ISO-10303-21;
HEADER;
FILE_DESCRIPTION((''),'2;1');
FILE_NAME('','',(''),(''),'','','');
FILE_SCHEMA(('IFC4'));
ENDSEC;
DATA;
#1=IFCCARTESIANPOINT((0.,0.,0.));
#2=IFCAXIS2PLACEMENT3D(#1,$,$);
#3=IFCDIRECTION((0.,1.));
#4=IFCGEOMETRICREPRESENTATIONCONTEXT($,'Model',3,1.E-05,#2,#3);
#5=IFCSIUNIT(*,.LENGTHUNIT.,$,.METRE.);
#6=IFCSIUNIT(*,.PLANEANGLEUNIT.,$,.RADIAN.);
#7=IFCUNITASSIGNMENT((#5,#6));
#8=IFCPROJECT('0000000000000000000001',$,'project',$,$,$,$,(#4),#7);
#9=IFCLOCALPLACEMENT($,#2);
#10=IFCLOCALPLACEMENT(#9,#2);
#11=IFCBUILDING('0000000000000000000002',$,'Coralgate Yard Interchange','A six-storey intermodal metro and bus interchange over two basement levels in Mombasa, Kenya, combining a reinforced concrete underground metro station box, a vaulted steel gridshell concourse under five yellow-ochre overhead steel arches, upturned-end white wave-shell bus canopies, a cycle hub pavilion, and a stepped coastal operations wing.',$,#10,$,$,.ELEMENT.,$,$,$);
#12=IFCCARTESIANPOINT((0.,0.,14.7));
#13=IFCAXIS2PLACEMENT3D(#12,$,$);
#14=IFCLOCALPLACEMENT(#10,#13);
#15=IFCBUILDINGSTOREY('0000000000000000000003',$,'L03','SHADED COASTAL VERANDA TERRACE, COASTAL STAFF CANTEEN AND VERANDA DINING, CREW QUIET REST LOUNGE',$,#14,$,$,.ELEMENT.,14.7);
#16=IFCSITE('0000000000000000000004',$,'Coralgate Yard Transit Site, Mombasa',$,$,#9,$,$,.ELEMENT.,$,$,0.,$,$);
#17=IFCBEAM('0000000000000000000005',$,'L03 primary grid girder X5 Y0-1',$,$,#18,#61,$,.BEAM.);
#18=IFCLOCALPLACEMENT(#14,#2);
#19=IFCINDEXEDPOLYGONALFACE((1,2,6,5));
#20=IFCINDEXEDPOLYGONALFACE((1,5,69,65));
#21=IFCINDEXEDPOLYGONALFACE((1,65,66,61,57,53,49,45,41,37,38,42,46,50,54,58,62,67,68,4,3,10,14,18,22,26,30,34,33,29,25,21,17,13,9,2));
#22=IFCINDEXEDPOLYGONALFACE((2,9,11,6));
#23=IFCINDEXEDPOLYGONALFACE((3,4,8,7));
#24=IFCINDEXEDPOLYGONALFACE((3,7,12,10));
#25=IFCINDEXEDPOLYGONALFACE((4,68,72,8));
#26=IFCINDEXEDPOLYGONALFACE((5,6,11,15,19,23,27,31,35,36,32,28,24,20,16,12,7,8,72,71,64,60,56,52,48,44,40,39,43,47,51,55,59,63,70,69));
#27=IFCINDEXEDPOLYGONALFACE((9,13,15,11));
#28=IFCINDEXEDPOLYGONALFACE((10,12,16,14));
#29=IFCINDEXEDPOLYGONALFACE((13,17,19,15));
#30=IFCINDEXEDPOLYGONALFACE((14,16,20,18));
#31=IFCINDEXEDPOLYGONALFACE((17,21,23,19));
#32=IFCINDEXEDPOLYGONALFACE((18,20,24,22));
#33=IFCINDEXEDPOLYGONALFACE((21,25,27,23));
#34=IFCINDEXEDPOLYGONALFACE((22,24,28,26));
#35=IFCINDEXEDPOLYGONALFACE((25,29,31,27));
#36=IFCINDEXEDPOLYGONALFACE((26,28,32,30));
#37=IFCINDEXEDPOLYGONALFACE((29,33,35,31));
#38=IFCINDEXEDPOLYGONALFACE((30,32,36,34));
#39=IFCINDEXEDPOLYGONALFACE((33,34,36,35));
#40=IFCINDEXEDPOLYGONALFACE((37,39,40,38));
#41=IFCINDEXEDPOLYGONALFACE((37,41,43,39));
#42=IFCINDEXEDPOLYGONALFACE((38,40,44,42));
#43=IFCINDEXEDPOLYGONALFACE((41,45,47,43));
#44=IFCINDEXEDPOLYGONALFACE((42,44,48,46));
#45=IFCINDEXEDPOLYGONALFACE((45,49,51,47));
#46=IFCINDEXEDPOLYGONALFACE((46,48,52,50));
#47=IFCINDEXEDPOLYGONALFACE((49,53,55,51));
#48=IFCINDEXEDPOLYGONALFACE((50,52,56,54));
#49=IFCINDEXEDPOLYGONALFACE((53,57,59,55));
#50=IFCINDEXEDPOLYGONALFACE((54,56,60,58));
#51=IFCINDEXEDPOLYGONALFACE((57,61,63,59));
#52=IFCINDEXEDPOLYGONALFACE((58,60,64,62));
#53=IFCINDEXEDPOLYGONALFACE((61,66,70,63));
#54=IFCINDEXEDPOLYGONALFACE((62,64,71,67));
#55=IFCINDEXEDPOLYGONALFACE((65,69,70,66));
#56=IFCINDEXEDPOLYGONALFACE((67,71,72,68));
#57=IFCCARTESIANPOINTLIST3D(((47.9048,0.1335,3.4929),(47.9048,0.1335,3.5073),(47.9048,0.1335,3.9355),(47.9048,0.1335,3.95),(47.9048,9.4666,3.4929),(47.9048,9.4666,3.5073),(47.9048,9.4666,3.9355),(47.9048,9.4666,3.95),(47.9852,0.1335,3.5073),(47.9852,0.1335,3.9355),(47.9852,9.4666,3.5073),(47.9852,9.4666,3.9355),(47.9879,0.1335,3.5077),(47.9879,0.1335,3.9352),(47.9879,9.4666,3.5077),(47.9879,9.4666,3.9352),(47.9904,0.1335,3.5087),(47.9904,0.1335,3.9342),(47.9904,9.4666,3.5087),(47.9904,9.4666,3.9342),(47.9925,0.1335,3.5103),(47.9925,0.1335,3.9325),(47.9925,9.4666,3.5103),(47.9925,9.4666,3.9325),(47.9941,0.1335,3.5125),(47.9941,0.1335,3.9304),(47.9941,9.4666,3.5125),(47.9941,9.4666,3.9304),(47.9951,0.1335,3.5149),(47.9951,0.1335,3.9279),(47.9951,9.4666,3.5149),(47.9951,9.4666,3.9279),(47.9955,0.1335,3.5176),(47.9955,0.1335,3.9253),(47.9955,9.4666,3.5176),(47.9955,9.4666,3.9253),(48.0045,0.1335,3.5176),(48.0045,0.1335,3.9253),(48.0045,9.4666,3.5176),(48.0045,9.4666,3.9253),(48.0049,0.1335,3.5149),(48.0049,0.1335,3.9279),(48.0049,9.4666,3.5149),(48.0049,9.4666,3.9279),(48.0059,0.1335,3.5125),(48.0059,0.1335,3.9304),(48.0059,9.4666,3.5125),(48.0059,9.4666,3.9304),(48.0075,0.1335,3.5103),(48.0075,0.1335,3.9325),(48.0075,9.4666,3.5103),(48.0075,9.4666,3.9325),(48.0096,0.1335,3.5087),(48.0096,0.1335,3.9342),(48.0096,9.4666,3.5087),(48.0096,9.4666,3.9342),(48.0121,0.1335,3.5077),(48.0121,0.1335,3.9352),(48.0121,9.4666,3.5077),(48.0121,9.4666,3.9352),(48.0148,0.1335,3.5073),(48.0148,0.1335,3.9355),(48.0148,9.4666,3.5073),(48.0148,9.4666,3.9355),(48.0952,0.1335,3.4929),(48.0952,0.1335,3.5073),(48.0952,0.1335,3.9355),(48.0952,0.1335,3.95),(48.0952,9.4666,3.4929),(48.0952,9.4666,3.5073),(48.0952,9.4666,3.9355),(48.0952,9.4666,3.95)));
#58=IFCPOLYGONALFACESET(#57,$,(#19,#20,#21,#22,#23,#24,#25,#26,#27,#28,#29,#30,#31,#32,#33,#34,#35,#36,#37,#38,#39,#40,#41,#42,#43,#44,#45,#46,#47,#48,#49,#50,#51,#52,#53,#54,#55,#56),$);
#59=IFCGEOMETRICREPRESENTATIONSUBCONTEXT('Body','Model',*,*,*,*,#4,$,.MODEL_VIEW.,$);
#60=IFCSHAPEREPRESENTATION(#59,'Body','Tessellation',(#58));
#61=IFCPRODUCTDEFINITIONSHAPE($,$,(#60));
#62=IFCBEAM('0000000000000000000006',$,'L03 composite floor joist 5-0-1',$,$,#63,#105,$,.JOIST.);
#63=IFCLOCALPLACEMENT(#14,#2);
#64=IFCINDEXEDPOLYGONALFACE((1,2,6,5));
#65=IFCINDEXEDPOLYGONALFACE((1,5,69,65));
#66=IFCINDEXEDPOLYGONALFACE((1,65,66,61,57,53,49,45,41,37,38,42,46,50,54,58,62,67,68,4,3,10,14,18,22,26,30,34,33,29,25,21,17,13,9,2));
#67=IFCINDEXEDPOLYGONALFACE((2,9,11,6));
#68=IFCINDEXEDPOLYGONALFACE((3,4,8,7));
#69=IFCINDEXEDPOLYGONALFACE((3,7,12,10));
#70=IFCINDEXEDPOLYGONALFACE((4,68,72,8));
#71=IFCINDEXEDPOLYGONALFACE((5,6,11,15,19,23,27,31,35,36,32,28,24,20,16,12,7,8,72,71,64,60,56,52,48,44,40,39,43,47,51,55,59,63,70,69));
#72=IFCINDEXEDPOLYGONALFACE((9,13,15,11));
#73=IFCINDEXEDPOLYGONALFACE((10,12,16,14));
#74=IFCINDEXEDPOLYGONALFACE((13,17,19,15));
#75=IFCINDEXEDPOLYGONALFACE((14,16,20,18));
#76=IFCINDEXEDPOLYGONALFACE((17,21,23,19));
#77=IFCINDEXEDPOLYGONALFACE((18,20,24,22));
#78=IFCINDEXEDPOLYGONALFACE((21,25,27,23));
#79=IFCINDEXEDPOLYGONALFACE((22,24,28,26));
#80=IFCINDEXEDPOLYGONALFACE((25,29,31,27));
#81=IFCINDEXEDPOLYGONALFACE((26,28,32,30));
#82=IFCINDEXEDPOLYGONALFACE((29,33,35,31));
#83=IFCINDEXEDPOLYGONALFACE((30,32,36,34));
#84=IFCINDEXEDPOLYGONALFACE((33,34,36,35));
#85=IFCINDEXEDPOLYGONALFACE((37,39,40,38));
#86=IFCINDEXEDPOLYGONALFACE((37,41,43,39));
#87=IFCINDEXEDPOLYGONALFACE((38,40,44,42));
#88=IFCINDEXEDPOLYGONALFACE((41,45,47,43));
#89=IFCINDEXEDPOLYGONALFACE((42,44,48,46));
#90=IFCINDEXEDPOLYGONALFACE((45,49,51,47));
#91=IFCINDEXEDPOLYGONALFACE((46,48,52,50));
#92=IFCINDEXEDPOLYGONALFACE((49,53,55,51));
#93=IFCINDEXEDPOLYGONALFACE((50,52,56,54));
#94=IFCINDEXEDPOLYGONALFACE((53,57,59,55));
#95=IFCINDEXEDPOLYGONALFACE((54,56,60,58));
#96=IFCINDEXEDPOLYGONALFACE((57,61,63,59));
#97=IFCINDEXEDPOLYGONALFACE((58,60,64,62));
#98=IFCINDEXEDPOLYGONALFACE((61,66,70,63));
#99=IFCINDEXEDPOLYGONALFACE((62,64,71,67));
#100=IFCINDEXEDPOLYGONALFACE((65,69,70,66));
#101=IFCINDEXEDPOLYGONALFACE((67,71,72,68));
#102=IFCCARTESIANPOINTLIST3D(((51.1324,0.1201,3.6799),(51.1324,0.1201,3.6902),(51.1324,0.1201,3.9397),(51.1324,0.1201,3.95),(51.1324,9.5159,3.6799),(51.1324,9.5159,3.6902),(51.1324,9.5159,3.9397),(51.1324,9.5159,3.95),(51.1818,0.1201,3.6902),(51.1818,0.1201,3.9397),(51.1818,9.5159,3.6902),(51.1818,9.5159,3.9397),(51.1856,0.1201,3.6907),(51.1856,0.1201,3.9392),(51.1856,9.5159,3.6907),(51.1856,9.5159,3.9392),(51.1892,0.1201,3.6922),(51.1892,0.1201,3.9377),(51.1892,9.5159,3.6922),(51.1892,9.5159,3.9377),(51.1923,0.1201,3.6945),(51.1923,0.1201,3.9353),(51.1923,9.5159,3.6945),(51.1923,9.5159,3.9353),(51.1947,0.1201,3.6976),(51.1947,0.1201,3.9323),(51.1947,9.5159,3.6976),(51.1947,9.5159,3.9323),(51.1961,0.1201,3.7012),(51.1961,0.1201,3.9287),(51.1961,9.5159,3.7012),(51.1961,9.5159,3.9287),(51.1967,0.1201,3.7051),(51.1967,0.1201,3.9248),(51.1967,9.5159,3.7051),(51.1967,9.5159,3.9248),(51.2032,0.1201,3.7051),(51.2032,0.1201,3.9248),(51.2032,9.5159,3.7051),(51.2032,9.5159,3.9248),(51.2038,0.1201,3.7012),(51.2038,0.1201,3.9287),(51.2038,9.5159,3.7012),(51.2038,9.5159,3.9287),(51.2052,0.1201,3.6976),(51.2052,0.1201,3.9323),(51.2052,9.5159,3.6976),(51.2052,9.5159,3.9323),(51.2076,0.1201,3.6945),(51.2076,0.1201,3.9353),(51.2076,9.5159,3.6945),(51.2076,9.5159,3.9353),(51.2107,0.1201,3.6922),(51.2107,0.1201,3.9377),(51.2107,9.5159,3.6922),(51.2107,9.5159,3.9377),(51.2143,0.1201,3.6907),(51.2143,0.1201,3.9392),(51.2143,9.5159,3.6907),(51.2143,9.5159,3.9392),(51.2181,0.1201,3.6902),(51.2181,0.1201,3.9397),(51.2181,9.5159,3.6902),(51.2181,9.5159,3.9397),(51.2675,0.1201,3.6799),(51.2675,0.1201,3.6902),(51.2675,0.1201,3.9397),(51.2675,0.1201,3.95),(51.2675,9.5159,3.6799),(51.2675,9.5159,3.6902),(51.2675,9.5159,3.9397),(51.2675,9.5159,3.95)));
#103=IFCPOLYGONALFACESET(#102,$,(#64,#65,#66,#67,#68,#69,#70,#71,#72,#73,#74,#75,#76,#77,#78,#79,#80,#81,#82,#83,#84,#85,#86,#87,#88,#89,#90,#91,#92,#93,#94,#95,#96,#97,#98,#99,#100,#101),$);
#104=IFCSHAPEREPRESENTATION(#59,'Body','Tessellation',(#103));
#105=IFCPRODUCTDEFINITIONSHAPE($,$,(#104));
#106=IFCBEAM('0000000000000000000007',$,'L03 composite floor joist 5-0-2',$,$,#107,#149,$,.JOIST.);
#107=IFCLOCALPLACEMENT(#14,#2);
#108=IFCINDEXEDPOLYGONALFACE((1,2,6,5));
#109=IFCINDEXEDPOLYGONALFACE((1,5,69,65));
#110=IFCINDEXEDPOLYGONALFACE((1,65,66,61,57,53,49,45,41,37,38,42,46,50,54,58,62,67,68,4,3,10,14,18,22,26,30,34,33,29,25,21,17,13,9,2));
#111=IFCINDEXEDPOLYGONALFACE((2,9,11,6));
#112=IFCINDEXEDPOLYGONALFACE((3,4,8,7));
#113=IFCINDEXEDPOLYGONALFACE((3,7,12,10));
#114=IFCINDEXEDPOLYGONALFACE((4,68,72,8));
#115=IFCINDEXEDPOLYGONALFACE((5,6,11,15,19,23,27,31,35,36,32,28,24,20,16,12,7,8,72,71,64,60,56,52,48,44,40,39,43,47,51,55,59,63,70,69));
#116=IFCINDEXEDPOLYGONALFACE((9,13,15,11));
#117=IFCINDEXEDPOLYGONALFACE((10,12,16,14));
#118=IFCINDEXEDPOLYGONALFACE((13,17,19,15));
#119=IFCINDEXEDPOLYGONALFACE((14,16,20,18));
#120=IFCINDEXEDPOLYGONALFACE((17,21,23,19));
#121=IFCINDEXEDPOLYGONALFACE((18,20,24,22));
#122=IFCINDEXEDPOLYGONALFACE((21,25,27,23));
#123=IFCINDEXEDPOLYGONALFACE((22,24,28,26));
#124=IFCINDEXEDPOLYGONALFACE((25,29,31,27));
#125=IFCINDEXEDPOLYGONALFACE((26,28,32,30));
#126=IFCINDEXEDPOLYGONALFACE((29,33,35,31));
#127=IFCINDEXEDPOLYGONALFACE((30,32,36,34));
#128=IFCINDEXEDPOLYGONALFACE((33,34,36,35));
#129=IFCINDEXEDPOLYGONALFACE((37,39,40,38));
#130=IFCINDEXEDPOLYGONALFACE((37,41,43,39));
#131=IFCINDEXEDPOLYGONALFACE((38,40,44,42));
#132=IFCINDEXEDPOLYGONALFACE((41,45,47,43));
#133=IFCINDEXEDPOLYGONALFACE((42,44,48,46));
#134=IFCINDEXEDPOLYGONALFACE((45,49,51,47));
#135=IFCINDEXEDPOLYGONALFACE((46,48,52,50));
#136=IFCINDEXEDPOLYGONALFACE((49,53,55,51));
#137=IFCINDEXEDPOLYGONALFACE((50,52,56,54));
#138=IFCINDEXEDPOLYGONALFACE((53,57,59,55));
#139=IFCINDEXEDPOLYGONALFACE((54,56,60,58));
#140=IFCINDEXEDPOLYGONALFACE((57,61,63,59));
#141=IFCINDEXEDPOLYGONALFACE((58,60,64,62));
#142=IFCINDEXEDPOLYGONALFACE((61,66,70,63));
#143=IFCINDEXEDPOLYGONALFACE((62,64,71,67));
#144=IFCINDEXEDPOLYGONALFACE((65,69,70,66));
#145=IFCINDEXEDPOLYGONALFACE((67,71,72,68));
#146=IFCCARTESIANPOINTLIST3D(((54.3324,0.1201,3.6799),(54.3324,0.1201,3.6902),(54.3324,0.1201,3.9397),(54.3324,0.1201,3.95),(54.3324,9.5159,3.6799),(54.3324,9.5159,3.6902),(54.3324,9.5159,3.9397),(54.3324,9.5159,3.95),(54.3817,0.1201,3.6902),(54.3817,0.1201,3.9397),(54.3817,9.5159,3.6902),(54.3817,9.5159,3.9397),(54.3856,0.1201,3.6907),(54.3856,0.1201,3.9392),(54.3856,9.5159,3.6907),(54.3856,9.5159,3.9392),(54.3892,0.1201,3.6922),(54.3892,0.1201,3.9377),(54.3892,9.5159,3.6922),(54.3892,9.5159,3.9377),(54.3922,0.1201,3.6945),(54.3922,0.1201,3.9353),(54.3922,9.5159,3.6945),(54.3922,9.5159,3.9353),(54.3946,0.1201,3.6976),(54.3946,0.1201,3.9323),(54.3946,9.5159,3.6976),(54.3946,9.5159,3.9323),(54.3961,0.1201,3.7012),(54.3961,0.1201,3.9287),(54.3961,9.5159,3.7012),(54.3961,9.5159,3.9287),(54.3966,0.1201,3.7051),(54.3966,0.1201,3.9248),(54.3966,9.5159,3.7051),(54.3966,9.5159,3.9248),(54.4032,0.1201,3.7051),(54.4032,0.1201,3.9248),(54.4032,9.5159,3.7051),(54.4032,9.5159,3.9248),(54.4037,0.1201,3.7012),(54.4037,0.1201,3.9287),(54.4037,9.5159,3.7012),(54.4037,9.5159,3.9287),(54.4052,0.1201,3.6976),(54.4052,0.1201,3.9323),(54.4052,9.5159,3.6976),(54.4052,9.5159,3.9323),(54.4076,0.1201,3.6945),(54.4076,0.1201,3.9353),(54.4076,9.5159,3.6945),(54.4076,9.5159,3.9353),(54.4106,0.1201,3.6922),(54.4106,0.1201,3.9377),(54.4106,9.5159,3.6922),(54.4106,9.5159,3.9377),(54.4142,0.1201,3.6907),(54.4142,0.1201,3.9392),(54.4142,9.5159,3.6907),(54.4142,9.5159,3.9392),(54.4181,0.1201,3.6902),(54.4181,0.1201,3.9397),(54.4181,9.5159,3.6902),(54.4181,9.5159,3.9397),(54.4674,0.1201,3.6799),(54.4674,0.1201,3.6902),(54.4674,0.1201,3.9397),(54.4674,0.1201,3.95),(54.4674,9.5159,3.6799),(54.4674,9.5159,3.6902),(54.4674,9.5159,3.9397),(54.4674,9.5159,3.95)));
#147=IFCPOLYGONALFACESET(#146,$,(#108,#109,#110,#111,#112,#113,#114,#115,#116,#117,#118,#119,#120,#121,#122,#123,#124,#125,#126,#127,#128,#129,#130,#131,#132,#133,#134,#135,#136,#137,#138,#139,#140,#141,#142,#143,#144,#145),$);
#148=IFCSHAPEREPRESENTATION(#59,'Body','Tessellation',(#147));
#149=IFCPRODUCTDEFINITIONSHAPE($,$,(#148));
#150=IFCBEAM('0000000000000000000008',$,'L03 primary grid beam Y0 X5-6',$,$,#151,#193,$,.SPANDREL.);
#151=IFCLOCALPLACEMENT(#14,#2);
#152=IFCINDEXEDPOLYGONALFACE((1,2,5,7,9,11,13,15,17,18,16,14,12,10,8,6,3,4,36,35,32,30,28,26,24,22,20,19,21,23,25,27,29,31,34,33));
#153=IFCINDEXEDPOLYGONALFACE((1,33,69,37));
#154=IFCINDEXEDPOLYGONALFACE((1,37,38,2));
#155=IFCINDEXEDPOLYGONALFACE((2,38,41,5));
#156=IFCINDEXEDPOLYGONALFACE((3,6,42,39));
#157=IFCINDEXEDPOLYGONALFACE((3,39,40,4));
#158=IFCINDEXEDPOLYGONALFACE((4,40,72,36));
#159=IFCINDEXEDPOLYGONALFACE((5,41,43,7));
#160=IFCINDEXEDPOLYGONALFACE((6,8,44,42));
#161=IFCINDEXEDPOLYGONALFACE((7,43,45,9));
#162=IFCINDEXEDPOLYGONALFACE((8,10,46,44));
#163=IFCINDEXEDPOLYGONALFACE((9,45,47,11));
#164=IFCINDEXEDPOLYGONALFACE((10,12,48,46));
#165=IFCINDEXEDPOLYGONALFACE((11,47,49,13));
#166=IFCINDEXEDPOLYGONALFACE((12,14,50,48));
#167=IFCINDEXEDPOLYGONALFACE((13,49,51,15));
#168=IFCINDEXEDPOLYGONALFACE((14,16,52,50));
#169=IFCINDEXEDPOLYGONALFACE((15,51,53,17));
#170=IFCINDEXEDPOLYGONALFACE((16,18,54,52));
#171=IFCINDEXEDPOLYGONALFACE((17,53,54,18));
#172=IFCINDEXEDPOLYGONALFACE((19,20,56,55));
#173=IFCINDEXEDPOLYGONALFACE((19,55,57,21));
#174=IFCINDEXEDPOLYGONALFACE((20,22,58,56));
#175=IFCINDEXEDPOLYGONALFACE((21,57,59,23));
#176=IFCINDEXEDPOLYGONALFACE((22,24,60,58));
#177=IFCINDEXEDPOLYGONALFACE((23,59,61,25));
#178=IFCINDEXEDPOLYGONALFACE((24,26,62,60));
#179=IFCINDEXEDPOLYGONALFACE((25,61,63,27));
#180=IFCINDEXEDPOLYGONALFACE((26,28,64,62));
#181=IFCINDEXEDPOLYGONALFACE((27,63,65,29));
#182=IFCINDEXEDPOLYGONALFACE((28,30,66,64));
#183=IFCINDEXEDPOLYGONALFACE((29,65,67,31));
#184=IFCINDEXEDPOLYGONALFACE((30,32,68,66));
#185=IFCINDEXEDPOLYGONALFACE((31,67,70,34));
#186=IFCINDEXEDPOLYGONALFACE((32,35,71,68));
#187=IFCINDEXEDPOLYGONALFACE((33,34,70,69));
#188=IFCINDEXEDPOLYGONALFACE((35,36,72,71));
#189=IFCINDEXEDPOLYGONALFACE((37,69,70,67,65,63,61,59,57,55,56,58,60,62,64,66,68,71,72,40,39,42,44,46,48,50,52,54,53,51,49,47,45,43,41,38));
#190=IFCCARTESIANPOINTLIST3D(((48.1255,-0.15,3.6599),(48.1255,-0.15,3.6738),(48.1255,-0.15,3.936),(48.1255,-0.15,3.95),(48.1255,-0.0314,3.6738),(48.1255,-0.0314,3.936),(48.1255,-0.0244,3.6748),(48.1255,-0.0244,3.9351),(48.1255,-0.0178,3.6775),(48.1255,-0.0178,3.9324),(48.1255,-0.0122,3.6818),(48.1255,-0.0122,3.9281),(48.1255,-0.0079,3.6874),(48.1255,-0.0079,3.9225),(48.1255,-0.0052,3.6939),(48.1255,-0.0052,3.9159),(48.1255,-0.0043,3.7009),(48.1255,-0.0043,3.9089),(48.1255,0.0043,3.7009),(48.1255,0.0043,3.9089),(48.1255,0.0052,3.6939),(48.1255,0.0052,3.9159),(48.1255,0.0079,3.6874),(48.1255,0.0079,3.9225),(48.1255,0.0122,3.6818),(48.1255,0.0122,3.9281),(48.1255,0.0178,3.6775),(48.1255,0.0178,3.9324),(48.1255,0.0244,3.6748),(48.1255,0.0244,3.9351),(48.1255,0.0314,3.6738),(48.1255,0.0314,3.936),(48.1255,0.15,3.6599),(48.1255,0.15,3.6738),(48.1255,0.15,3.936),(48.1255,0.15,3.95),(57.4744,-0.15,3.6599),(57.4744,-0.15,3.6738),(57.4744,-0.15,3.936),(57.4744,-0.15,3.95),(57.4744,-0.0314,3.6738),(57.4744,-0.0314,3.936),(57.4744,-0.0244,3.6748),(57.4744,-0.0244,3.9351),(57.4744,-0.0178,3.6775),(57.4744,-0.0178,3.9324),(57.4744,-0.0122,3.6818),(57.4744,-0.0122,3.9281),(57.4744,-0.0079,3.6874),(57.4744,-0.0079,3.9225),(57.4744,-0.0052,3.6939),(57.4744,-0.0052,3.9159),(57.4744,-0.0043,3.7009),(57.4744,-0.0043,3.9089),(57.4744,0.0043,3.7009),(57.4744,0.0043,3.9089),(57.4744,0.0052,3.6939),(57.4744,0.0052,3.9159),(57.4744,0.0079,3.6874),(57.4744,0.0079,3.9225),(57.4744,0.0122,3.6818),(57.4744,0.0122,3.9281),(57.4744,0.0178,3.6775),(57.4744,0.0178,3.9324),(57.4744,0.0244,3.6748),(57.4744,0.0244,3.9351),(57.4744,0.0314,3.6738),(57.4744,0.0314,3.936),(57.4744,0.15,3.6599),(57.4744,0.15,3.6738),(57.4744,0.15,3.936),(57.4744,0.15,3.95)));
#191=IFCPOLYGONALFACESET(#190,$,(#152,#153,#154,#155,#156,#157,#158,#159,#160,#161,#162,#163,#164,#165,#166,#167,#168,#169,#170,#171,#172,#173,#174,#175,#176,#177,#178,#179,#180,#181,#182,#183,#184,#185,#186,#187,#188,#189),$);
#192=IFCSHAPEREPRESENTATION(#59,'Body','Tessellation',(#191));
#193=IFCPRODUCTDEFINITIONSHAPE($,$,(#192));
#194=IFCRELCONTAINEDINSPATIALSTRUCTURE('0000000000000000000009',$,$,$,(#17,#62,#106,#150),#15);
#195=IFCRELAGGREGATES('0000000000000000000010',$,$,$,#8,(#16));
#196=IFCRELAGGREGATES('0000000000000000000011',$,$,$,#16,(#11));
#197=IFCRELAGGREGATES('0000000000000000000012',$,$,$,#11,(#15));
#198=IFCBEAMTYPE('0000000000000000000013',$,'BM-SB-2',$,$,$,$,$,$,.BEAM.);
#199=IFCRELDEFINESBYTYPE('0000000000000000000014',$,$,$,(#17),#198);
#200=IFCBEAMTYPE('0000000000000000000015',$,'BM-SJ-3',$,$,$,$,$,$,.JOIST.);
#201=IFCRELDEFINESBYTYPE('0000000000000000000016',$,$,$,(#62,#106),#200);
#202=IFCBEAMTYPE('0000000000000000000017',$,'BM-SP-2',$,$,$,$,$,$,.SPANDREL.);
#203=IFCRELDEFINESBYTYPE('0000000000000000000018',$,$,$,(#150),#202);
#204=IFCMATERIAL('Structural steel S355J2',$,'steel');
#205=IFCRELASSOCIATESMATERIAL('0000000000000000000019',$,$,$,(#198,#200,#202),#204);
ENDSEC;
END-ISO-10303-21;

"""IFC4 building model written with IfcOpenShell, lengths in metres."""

from ifc_helpers import new_model, si_unit, direction, frame, origin, origin_2d, place, context, subcontext, project, spatial, i_section, extrude, material, material_profile, profile_set, type_object, element, save


model = new_model("IFC4")

# Units and contexts
model_context = context("Model", 3, precision=1e-05, world=origin(), true_north=direction((0.0, 1.0)))
body_context = subcontext(model_context, "Body", "Model", "MODEL_VIEW")
ifc_project = project(units=[si_unit("LENGTHUNIT", "METRE"), si_unit("PLANEANGLEUNIT", "RADIAN")], contexts=[model_context])

# Site, building, storey
site_placement = place(None, origin())
site = spatial("IfcSite", under=ifc_project, at=site_placement, Name="Coralgate Yard Transit Site, Mombasa", CompositionType="ELEMENT", RefElevation=0.0)
building_placement = place(site_placement, origin())
building = spatial("IfcBuilding", under=site, at=building_placement, Name="Coralgate Yard Interchange", Description="A six-storey intermodal metro and bus interchange over two basement levels in Mombasa, Kenya, combining a reinforced concrete underground metro station box, a vaulted steel gridshell concourse under five yellow-ochre overhead steel arches, upturned-end white wave-shell bus canopies, a cycle hub pavilion, and a stepped coastal operations wing.", CompositionType="ELEMENT")
storey_placement = place(building_placement, frame((0.0, 0.0, 14.7)))
storey = spatial("IfcBuildingStorey", under=building, at=storey_placement, Name="L03", Description="SHADED COASTAL VERANDA TERRACE, COASTAL STAFF CANTEEN AND VERANDA DINING, CREW QUIET REST LOUNGE", CompositionType="ELEMENT", Elevation=14.7)

# Beams
ifc_material_1 = material(Name="Structural steel S355J2", Category="steel")
ifc_material_profile_1 = material_profile(ifc_material_1, i_section(OverallWidth=0.1904, OverallDepth=0.457, WebThickness=0.009, FlangeThickness=0.0144, FilletRadius=0.0103, at=origin_2d()), Name="UB 457x191x74")
ifc_profile_set_1 = profile_set([ifc_material_profile_1], Name="Structural steel S355J2")
beam_type_1 = type_object("IfcBeamType", Name="BM-SB-2", PredefinedType="BEAM", material=ifc_profile_set_1)
beam_1_placement = place(storey_placement, frame((48.0, 0.1335, 3.7214), z_axis=(0.0, 1.0, 0.0), x_axis=(-1.0, 0.0, 0.0)))
element("IfcBeam", 1, at=beam_1_placement, inside=storey, type_object=beam_type_1, Name="L03 primary grid girder X5 Y0-1", PredefinedType="BEAM", context=body_context, shape_type="SweptSolid", body=[
    extrude(i_section(OverallWidth=0.1904, OverallDepth=0.457, WebThickness=0.009, FlangeThickness=0.0144, FilletRadius=0.0103, at=origin_2d()), origin(), (0.0, 0.0, 1.0), 9.333),
])
ifc_material_profile_2 = material_profile(ifc_material_1, i_section(OverallWidth=0.135, OverallDepth=0.27, WebThickness=0.0066, FlangeThickness=0.0103, FilletRadius=0.0149, at=origin_2d()), Name="IPE 270")
ifc_profile_set_2 = profile_set([ifc_material_profile_2], Name="Structural steel S355J2")
beam_type_2 = type_object("IfcBeamType", Name="BM-SJ-3", PredefinedType="JOIST", material=ifc_profile_set_2)
for number, where, z_axis, x_axis, name in (
    (2, (51.2, 0.1201, 3.8149), (0.0, 1.0, 0.0), (-1.0, 0.0, 0.0), "L03 composite floor joist 5-0-1"),
    (3, (54.3999, 0.1201, 3.8149), (0.0, 1.0, 0.0), (-1.0, 0.0, 0.0), "L03 composite floor joist 5-0-2"),
):
    element("IfcBeam", number, at=place(storey_placement, frame(where, z_axis=z_axis, x_axis=x_axis)), inside=storey, type_object=beam_type_2, Name=name, PredefinedType="JOIST", context=body_context, shape_type="SweptSolid", body=[
        extrude(i_section(OverallWidth=0.135, OverallDepth=0.27, WebThickness=0.0066, FlangeThickness=0.0103, FilletRadius=0.0149, at=origin_2d()), origin(), (0.0, 0.0, 1.0), 9.3958),
    ])
ifc_material_profile_3 = material_profile(ifc_material_1, i_section(OverallWidth=0.3, OverallDepth=0.29, WebThickness=0.0085, FlangeThickness=0.0139, FilletRadius=0.0271, at=origin_2d()), Name="HEA 300")
ifc_profile_set_3 = profile_set([ifc_material_profile_3], Name="Structural steel S355J2")
beam_type_3 = type_object("IfcBeamType", Name="BM-SP-2", PredefinedType="SPANDREL", material=ifc_profile_set_3)
beam_2_placement = place(storey_placement, frame((48.1255, 0.0, 3.8049), z_axis=(1.0, 0.0, 0.0), x_axis=(0.0, 1.0, 0.0)))
element("IfcBeam", 4, at=beam_2_placement, inside=storey, type_object=beam_type_3, Name="L03 primary grid beam Y0 X5-6", PredefinedType="SPANDREL", context=body_context, shape_type="SweptSolid", body=[
    extrude(i_section(OverallWidth=0.3, OverallDepth=0.29, WebThickness=0.0085, FlangeThickness=0.0139, FilletRadius=0.0271, at=origin_2d()), origin(), (0.0, 0.0, 1.0), 9.3489),
])

save(model, "model.ifc")
